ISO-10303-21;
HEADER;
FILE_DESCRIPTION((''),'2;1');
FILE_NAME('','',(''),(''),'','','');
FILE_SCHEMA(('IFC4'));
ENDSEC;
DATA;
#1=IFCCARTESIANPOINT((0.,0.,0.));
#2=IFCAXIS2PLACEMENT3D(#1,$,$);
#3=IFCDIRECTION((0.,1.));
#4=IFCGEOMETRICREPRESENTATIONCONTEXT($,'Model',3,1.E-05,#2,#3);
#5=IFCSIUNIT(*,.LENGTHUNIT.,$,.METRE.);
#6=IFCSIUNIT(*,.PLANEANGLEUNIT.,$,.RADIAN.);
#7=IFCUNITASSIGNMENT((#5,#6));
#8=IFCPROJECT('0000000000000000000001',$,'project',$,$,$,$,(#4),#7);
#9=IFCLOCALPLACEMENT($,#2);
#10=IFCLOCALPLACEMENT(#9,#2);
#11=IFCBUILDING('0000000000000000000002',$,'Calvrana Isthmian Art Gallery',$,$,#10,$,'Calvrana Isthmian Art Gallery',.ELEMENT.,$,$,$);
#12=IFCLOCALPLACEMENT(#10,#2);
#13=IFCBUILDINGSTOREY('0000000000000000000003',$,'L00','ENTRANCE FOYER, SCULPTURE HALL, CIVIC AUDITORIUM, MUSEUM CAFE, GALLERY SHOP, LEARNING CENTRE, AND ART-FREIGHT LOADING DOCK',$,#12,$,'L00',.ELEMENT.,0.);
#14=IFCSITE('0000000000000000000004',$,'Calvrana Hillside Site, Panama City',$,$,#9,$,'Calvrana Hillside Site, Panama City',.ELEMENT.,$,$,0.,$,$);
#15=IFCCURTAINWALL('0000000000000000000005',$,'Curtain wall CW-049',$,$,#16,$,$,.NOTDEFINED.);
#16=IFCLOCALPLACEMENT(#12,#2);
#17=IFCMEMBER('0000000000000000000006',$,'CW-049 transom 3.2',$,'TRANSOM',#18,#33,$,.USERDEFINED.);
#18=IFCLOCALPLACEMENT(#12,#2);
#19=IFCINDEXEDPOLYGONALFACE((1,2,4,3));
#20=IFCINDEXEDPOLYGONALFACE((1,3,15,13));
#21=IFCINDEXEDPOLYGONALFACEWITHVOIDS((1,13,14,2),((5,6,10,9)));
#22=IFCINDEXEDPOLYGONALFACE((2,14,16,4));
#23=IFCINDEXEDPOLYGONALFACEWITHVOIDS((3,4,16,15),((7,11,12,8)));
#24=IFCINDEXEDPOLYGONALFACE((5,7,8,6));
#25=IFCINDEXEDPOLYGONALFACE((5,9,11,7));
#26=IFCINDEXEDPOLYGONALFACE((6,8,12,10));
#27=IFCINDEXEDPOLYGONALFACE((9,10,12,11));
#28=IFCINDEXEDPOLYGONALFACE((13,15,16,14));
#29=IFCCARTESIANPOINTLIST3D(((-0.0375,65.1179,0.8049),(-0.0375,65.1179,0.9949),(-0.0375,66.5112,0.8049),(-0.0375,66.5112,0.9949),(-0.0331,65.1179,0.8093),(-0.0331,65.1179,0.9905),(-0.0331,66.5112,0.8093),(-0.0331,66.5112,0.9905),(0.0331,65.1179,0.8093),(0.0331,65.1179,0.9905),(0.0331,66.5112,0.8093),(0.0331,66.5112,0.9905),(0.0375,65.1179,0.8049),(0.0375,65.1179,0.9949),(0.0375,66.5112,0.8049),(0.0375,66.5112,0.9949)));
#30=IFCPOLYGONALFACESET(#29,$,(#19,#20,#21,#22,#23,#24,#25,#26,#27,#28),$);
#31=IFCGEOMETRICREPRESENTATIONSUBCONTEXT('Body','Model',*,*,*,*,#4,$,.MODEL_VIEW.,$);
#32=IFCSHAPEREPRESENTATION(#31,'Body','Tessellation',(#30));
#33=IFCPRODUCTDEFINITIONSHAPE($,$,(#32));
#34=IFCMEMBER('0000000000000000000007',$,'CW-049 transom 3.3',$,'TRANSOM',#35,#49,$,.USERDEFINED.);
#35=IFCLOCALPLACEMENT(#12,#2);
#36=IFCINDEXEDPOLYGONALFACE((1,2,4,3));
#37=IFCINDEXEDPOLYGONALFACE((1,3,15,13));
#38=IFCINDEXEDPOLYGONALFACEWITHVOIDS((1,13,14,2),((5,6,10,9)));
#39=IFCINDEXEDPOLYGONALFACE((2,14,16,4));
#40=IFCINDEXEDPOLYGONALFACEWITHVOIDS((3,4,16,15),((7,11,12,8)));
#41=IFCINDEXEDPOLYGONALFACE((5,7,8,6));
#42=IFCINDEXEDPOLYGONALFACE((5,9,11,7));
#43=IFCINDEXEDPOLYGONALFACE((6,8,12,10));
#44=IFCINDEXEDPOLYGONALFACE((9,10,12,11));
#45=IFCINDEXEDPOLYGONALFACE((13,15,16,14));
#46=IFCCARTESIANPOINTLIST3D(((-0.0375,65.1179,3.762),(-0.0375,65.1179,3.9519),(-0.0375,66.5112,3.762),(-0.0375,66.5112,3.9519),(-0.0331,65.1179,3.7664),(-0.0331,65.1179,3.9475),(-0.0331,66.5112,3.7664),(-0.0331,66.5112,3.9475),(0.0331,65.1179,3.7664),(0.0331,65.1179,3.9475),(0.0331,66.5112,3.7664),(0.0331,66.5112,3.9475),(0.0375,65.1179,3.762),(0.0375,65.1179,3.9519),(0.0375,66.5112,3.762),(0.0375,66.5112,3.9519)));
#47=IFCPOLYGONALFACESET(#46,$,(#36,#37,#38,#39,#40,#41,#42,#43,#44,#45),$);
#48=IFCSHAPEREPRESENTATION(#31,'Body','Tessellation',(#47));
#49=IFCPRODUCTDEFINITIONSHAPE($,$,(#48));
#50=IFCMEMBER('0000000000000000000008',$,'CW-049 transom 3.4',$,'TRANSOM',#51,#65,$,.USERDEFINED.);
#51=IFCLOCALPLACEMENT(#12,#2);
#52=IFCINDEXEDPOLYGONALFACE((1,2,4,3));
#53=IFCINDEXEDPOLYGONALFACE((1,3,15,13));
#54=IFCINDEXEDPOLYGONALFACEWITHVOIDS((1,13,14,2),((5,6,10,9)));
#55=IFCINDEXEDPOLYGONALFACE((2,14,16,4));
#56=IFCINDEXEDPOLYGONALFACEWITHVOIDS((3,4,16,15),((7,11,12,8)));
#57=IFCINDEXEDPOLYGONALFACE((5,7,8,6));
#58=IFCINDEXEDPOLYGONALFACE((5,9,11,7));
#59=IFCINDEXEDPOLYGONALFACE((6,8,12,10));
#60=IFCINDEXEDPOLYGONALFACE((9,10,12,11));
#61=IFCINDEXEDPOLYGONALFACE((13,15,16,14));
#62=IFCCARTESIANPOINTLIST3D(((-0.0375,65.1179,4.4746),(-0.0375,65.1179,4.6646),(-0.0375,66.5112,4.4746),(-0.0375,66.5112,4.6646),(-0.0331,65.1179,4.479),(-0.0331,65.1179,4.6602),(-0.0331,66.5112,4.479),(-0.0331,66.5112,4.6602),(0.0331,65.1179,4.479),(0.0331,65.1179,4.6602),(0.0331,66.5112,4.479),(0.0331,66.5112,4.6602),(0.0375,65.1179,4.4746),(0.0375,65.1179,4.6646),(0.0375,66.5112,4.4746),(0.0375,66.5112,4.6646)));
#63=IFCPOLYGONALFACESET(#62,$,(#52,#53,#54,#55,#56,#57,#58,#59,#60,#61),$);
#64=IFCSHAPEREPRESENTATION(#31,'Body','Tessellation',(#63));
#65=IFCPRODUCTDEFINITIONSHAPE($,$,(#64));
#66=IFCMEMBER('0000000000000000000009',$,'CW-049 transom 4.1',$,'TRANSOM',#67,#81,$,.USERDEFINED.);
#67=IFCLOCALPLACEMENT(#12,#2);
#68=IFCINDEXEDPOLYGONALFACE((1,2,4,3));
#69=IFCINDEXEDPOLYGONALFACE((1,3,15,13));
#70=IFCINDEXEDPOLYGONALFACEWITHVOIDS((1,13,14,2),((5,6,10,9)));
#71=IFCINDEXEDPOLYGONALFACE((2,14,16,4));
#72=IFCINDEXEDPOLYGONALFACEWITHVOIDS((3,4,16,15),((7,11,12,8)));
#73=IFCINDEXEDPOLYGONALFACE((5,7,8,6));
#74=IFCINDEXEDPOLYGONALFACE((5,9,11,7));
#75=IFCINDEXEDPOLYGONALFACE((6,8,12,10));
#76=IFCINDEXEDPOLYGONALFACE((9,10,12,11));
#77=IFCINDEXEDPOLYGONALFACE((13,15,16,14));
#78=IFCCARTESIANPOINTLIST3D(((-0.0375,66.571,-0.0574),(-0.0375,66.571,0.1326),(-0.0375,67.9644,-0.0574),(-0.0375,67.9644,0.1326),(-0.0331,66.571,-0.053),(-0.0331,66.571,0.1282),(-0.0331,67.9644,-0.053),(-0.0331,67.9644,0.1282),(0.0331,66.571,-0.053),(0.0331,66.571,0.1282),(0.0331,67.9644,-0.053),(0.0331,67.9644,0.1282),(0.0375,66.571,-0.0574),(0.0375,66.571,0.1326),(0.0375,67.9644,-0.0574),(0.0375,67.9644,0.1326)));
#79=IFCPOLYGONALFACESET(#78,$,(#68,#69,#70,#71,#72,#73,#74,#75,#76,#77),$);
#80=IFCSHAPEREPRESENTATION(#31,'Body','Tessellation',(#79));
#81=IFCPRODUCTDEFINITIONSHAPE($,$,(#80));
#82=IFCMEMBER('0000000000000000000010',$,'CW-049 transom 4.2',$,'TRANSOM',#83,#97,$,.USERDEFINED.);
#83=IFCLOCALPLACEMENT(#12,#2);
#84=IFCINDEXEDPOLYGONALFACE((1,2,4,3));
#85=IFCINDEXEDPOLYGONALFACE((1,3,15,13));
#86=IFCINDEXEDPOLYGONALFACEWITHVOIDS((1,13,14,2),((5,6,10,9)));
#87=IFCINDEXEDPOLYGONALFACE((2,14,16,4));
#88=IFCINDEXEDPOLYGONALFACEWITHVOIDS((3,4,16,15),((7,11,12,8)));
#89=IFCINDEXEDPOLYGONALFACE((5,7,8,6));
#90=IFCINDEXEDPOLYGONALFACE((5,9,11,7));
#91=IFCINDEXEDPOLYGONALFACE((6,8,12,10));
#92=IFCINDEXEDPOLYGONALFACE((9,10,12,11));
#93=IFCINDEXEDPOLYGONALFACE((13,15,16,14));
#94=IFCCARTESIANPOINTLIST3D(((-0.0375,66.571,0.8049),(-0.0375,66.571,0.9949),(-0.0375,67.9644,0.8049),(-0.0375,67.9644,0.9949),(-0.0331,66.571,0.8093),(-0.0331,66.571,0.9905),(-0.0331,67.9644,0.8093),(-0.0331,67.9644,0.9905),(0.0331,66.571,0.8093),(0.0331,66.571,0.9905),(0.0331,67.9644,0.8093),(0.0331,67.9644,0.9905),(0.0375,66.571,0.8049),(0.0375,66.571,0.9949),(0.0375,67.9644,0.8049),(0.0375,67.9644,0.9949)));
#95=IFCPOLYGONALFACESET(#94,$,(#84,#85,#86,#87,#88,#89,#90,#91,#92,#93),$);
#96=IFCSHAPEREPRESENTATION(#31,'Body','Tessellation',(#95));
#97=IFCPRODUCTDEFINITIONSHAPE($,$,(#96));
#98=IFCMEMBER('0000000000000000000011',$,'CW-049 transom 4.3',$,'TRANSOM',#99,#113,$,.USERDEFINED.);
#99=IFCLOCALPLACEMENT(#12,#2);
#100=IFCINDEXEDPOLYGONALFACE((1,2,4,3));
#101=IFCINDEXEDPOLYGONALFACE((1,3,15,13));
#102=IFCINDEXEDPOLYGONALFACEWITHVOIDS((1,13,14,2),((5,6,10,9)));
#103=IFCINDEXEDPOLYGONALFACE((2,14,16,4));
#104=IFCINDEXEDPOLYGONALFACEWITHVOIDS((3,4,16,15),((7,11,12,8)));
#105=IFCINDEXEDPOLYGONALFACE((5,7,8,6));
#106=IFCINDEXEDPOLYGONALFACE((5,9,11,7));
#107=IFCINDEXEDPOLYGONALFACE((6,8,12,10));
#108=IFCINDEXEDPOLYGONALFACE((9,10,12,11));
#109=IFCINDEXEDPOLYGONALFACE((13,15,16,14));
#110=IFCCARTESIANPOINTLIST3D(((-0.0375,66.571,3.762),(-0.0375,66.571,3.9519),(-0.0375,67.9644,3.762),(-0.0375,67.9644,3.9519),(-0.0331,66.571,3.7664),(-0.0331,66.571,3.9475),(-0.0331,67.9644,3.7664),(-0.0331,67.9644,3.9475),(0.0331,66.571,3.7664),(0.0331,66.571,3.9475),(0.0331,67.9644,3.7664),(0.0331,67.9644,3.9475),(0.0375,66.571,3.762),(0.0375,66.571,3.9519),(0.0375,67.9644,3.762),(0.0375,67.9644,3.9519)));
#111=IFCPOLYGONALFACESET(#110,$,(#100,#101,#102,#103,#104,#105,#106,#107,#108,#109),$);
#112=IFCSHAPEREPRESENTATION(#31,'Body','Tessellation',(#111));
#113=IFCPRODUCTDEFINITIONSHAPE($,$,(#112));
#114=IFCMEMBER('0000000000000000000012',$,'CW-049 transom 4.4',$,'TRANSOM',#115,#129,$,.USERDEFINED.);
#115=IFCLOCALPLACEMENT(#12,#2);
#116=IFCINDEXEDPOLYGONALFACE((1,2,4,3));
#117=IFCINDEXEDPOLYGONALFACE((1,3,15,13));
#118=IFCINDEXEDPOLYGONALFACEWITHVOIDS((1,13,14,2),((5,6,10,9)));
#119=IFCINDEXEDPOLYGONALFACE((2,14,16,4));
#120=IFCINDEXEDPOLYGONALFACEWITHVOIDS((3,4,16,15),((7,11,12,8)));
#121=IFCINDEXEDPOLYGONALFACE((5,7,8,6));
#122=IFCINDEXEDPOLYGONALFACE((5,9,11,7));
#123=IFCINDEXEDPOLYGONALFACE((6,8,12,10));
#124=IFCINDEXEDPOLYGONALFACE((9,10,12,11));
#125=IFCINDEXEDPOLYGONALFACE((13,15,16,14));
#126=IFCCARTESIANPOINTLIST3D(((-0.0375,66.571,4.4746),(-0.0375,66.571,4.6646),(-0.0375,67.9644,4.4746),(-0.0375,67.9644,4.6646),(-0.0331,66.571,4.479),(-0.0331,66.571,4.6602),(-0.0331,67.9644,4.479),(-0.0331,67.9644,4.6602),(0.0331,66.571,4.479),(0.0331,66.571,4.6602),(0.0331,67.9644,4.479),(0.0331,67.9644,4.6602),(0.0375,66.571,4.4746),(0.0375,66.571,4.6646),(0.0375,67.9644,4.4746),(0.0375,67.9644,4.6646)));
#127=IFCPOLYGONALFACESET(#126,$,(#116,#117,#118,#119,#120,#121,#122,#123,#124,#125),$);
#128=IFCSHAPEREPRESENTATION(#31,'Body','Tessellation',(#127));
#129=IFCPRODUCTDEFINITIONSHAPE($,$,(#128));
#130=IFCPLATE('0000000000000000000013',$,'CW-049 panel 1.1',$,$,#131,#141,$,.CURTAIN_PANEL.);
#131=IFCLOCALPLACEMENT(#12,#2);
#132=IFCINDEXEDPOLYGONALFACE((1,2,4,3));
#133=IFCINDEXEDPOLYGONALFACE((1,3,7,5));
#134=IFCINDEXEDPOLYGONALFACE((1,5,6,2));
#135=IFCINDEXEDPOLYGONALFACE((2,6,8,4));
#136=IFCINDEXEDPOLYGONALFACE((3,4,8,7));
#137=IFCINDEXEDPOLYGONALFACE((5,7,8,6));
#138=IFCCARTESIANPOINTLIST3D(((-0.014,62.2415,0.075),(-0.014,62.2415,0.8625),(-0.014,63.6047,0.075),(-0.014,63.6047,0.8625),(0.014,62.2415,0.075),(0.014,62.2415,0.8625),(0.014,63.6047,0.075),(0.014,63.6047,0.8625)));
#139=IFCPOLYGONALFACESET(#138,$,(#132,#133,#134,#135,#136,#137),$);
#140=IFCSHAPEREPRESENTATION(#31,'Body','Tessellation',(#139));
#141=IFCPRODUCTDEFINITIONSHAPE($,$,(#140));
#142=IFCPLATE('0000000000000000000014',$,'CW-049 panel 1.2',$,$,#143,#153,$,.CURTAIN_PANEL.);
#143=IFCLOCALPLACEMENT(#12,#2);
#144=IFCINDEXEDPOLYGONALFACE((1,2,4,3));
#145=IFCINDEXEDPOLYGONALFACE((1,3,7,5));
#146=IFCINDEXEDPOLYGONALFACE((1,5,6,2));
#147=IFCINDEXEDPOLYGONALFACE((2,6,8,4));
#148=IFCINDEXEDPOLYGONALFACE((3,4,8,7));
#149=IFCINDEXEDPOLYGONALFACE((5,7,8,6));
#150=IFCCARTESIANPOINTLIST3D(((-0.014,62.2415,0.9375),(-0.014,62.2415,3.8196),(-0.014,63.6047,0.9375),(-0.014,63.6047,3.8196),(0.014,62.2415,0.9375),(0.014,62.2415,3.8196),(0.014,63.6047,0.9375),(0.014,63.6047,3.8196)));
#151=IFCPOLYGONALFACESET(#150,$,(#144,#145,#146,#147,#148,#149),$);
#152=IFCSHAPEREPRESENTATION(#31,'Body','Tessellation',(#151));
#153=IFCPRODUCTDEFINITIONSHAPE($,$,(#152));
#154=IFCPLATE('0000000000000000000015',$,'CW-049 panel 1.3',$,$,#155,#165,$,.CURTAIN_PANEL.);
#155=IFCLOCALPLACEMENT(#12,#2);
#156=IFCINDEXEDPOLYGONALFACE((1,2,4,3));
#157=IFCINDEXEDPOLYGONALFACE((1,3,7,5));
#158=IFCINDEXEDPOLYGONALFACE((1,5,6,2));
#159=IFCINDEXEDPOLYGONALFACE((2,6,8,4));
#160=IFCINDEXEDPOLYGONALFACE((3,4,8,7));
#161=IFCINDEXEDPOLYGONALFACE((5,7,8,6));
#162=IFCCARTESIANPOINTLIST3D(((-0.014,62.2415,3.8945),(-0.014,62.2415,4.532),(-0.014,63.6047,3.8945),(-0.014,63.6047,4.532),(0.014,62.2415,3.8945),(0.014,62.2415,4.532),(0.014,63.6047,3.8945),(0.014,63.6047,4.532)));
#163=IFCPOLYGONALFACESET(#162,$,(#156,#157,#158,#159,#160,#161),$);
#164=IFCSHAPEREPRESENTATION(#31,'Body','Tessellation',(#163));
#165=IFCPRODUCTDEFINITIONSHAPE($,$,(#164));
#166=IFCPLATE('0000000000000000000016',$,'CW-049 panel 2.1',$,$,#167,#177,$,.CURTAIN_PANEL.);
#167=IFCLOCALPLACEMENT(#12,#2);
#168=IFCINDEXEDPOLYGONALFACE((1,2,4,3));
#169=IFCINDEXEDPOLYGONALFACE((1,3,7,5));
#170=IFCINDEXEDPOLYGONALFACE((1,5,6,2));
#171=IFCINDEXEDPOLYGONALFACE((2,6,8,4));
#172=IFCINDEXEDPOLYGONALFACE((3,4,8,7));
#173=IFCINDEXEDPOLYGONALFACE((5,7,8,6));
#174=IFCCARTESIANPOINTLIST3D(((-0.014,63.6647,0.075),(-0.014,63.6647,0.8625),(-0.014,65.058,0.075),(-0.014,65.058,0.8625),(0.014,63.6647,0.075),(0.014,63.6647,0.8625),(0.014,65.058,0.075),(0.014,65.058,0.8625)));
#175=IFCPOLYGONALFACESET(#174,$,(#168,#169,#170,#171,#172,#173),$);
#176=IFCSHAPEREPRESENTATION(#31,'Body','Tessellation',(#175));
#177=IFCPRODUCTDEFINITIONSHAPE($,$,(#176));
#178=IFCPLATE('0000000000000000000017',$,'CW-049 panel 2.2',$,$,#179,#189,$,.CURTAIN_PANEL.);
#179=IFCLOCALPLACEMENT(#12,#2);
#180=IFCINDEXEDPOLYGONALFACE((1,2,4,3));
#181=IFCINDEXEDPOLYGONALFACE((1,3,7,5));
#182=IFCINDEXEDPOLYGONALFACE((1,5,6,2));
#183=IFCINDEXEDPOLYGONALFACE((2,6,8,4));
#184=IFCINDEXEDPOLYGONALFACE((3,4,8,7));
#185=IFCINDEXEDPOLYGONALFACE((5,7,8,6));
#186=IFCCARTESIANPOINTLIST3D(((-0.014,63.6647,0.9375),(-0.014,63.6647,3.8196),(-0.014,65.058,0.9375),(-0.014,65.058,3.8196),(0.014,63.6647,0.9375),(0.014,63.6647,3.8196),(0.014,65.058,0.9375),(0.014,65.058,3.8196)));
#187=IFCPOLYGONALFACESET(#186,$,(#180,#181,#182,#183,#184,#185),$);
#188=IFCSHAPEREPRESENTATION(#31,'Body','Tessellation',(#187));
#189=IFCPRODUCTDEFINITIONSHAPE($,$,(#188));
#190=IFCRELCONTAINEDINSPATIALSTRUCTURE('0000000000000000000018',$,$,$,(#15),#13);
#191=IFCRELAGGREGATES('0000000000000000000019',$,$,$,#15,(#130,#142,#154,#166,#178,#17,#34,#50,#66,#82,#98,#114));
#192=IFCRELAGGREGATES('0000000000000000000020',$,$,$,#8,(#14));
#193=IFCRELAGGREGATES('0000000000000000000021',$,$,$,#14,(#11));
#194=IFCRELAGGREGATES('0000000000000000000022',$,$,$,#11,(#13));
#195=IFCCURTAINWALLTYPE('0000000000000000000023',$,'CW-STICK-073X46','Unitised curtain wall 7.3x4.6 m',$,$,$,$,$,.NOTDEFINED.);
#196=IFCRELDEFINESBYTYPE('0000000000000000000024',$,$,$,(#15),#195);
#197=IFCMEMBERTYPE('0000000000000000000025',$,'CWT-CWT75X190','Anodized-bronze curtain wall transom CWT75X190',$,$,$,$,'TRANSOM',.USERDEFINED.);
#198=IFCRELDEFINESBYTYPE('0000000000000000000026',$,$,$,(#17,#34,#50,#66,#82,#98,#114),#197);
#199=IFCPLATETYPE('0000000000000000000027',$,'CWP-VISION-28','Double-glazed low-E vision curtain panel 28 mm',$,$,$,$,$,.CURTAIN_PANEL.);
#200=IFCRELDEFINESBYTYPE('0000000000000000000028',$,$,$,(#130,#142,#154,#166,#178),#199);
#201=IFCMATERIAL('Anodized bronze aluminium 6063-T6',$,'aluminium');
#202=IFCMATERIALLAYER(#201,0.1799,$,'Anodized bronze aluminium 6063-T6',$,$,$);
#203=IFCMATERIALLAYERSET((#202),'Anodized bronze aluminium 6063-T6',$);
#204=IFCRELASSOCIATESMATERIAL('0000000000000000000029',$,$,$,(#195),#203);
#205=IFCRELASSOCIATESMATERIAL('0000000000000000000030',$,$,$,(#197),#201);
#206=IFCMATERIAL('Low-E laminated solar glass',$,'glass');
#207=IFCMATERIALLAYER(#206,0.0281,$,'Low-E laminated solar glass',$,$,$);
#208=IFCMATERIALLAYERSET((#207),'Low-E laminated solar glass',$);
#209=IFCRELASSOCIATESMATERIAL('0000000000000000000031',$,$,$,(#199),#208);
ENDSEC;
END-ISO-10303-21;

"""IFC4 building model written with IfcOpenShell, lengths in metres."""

from ifc_helpers import new_model, si_unit, direction, frame, origin, origin_2d, place, context, subcontext, project, spatial, rectangle, hollow_rectangle, extrude, material, layer, layer_set, material_profile, profile_set, type_object, element, aggregate, save


model = new_model("IFC4")

# Units and contexts
model_context = context("Model", 3, precision=1e-05, world=origin(), true_north=direction((0.0, 1.0)))
body_context = subcontext(model_context, "Body", "Model", "MODEL_VIEW")
ifc_project = project(units=[si_unit("LENGTHUNIT", "METRE"), si_unit("PLANEANGLEUNIT", "RADIAN")], contexts=[model_context])

# Site, building, storey
site_placement = place(None, origin())
site = spatial("IfcSite", under=ifc_project, at=site_placement, Name="Calvrana Hillside Site, Panama City", LongName="Calvrana Hillside Site, Panama City", CompositionType="ELEMENT", RefElevation=0.0)
building_placement = place(site_placement, origin())
building = spatial("IfcBuilding", under=site, at=building_placement, Name="Calvrana Isthmian Art Gallery", LongName="Calvrana Isthmian Art Gallery", CompositionType="ELEMENT")
storey_placement = place(building_placement, origin())
storey = spatial("IfcBuildingStorey", under=building, at=storey_placement, Name="L00", Description="ENTRANCE FOYER, SCULPTURE HALL, CIVIC AUDITORIUM, MUSEUM CAFE, GALLERY SHOP, LEARNING CENTRE, AND ART-FREIGHT LOADING DOCK", LongName="L00", CompositionType="ELEMENT", Elevation=0.0)

# Curtain wall, members, plates
ifc_material_1 = material(Name="Anodized bronze aluminium 6063-T6", Category="aluminium")
ifc_layer_1 = layer(ifc_material_1, 0.1799, Name="Anodized bronze aluminium 6063-T6")
ifc_layer_set_1 = layer_set([ifc_layer_1], Name="Anodized bronze aluminium 6063-T6")
curtain_wall_type = type_object("IfcCurtainWallType", Name="CW-STICK-073X46", Description="Unitised curtain wall 7.3x4.6 m", PredefinedType="NOTDEFINED", material=ifc_layer_set_1)
curtain_wall_placement = place(storey_placement, origin())
curtain_wall = element("IfcCurtainWall", 1, at=curtain_wall_placement, inside=storey, type_object=curtain_wall_type, Name="Curtain wall CW-049", PredefinedType="NOTDEFINED")
ifc_material_profile_1 = material_profile(ifc_material_1, hollow_rectangle(XDim=0.075, YDim=0.1899, WallThickness=0.0044, at=origin_2d()), Name="CWT75X190")
ifc_profile_set_1 = profile_set([ifc_material_profile_1], Name="Anodized bronze aluminium 6063-T6")
member_type_1 = type_object("IfcMemberType", Name="CWT-CWT75X190", Description="Anodized-bronze curtain wall transom CWT75X190", ElementType="TRANSOM", PredefinedType="USERDEFINED", material=ifc_profile_set_1)
member_1_placement = place(storey_placement, frame((0.0, 65.1179, 0.8999), z_axis=(0.0, 1.0, 0.0), x_axis=(-1.0, 0.0, 0.0)))
member_1 = element("IfcMember", 2, at=member_1_placement, type_object=member_type_1, Name="CW-049 transom 3.2", ObjectType="TRANSOM", PredefinedType="USERDEFINED", context=body_context, shape_type="SweptSolid", body=[
    extrude(hollow_rectangle(XDim=0.075, YDim=0.1899, WallThickness=0.0044, at=origin_2d()), origin(), (0.0, 0.0, 1.0), 1.3933),
])
member_2_placement = place(storey_placement, frame((0.0, 65.1179, 3.8569), z_axis=(0.0, 1.0, 0.0), x_axis=(-1.0, 0.0, 0.0)))
member_2 = element("IfcMember", 3, at=member_2_placement, type_object=member_type_1, Name="CW-049 transom 3.3", ObjectType="TRANSOM", PredefinedType="USERDEFINED", context=body_context, shape_type="SweptSolid", body=[
    extrude(hollow_rectangle(XDim=0.075, YDim=0.1899, WallThickness=0.0044, at=origin_2d()), origin(), (0.0, 0.0, 1.0), 1.3933),
])
member_3_placement = place(storey_placement, frame((0.0, 65.1179, 4.5696), z_axis=(0.0, 1.0, 0.0), x_axis=(-1.0, 0.0, 0.0)))
member_3 = element("IfcMember", 4, at=member_3_placement, type_object=member_type_1, Name="CW-049 transom 3.4", ObjectType="TRANSOM", PredefinedType="USERDEFINED", context=body_context, shape_type="SweptSolid", body=[
    extrude(hollow_rectangle(XDim=0.075, YDim=0.1899, WallThickness=0.0044, at=origin_2d()), origin(), (0.0, 0.0, 1.0), 1.3933),
])
member_4_placement = place(storey_placement, frame((0.0, 66.571, 0.0376), z_axis=(0.0, 1.0, 0.0), x_axis=(-1.0, 0.0, 0.0)))
member_4 = element("IfcMember", 5, at=member_4_placement, type_object=member_type_1, Name="CW-049 transom 4.1", ObjectType="TRANSOM", PredefinedType="USERDEFINED", context=body_context, shape_type="SweptSolid", body=[
    extrude(hollow_rectangle(XDim=0.075, YDim=0.1899, WallThickness=0.0044, at=origin_2d()), origin(), (0.0, 0.0, 1.0), 1.3933),
])
member_5_placement = place(storey_placement, frame((0.0, 66.571, 0.8999), z_axis=(0.0, 1.0, 0.0), x_axis=(-1.0, 0.0, 0.0)))
member_5 = element("IfcMember", 6, at=member_5_placement, type_object=member_type_1, Name="CW-049 transom 4.2", ObjectType="TRANSOM", PredefinedType="USERDEFINED", context=body_context, shape_type="SweptSolid", body=[
    extrude(hollow_rectangle(XDim=0.075, YDim=0.1899, WallThickness=0.0044, at=origin_2d()), origin(), (0.0, 0.0, 1.0), 1.3933),
])
member_6_placement = place(storey_placement, frame((0.0, 66.571, 3.8569), z_axis=(0.0, 1.0, 0.0), x_axis=(-1.0, 0.0, 0.0)))
member_6 = element("IfcMember", 7, at=member_6_placement, type_object=member_type_1, Name="CW-049 transom 4.3", ObjectType="TRANSOM", PredefinedType="USERDEFINED", context=body_context, shape_type="SweptSolid", body=[
    extrude(hollow_rectangle(XDim=0.075, YDim=0.1899, WallThickness=0.0044, at=origin_2d()), origin(), (0.0, 0.0, 1.0), 1.3933),
])
member_7_placement = place(storey_placement, frame((0.0, 66.571, 4.5696), z_axis=(0.0, 1.0, 0.0), x_axis=(-1.0, 0.0, 0.0)))
member_7 = element("IfcMember", 8, at=member_7_placement, type_object=member_type_1, Name="CW-049 transom 4.4", ObjectType="TRANSOM", PredefinedType="USERDEFINED", context=body_context, shape_type="SweptSolid", body=[
    extrude(hollow_rectangle(XDim=0.075, YDim=0.1899, WallThickness=0.0044, at=origin_2d()), origin(), (0.0, 0.0, 1.0), 1.3933),
])
ifc_material_2 = material(Name="Low-E laminated solar glass", Category="glass")
ifc_layer_2 = layer(ifc_material_2, 0.0281, Name="Low-E laminated solar glass")
ifc_layer_set_2 = layer_set([ifc_layer_2], Name="Low-E laminated solar glass")
plate_type = type_object("IfcPlateType", Name="CWP-VISION-28", Description="Double-glazed low-E vision curtain panel 28 mm", PredefinedType="CURTAIN_PANEL", material=ifc_layer_set_2)
plate_1_placement = place(storey_placement, frame((0.0, 62.9231, 0.075), z_axis=(0.0, 0.0, 1.0), x_axis=(0.0, 1.0, 0.0)))
plate_1 = element("IfcPlate", 9, at=plate_1_placement, type_object=plate_type, Name="CW-049 panel 1.1", PredefinedType="CURTAIN_PANEL", context=body_context, shape_type="SweptSolid", body=[
    extrude(rectangle(XDim=1.3633, YDim=0.0281, at=origin_2d()), origin(), (0.0, 0.0, 1.0), 0.7876),
])
plate_2_placement = place(storey_placement, frame((0.0, 62.9231, 0.9375), z_axis=(0.0, 0.0, 1.0), x_axis=(0.0, 1.0, 0.0)))
plate_2 = element("IfcPlate", 10, at=plate_2_placement, type_object=plate_type, Name="CW-049 panel 1.2", PredefinedType="CURTAIN_PANEL", context=body_context, shape_type="SweptSolid", body=[
    extrude(rectangle(XDim=1.3633, YDim=0.0281, at=origin_2d()), origin(), (0.0, 0.0, 1.0), 2.8821),
])
plate_3_placement = place(storey_placement, frame((0.0, 62.9231, 3.8945), z_axis=(0.0, 0.0, 1.0), x_axis=(0.0, 1.0, 0.0)))
plate_3 = element("IfcPlate", 11, at=plate_3_placement, type_object=plate_type, Name="CW-049 panel 1.3", PredefinedType="CURTAIN_PANEL", context=body_context, shape_type="SweptSolid", body=[
    extrude(rectangle(XDim=1.3633, YDim=0.0281, at=origin_2d()), origin(), (0.0, 0.0, 1.0), 0.6375),
])
plate_4_placement = place(storey_placement, frame((0.0, 64.3613, 0.075), z_axis=(0.0, 0.0, 1.0), x_axis=(0.0, 1.0, 0.0)))
plate_4 = element("IfcPlate", 12, at=plate_4_placement, type_object=plate_type, Name="CW-049 panel 2.1", PredefinedType="CURTAIN_PANEL", context=body_context, shape_type="SweptSolid", body=[
    extrude(rectangle(XDim=1.3933, YDim=0.0281, at=origin_2d()), origin(), (0.0, 0.0, 1.0), 0.7876),
])
plate_5_placement = place(storey_placement, frame((0.0, 64.3613, 0.9375), z_axis=(0.0, 0.0, 1.0), x_axis=(0.0, 1.0, 0.0)))
plate_5 = element("IfcPlate", 13, at=plate_5_placement, type_object=plate_type, Name="CW-049 panel 2.2", PredefinedType="CURTAIN_PANEL", context=body_context, shape_type="SweptSolid", body=[
    extrude(rectangle(XDim=1.3933, YDim=0.0281, at=origin_2d()), origin(), (0.0, 0.0, 1.0), 2.8821),
])
aggregate(curtain_wall, [plate_1, plate_2, plate_3, plate_4, plate_5, member_1, member_2, member_3, member_4, member_5, member_6, member_7])

save(model, "model.ifc")
